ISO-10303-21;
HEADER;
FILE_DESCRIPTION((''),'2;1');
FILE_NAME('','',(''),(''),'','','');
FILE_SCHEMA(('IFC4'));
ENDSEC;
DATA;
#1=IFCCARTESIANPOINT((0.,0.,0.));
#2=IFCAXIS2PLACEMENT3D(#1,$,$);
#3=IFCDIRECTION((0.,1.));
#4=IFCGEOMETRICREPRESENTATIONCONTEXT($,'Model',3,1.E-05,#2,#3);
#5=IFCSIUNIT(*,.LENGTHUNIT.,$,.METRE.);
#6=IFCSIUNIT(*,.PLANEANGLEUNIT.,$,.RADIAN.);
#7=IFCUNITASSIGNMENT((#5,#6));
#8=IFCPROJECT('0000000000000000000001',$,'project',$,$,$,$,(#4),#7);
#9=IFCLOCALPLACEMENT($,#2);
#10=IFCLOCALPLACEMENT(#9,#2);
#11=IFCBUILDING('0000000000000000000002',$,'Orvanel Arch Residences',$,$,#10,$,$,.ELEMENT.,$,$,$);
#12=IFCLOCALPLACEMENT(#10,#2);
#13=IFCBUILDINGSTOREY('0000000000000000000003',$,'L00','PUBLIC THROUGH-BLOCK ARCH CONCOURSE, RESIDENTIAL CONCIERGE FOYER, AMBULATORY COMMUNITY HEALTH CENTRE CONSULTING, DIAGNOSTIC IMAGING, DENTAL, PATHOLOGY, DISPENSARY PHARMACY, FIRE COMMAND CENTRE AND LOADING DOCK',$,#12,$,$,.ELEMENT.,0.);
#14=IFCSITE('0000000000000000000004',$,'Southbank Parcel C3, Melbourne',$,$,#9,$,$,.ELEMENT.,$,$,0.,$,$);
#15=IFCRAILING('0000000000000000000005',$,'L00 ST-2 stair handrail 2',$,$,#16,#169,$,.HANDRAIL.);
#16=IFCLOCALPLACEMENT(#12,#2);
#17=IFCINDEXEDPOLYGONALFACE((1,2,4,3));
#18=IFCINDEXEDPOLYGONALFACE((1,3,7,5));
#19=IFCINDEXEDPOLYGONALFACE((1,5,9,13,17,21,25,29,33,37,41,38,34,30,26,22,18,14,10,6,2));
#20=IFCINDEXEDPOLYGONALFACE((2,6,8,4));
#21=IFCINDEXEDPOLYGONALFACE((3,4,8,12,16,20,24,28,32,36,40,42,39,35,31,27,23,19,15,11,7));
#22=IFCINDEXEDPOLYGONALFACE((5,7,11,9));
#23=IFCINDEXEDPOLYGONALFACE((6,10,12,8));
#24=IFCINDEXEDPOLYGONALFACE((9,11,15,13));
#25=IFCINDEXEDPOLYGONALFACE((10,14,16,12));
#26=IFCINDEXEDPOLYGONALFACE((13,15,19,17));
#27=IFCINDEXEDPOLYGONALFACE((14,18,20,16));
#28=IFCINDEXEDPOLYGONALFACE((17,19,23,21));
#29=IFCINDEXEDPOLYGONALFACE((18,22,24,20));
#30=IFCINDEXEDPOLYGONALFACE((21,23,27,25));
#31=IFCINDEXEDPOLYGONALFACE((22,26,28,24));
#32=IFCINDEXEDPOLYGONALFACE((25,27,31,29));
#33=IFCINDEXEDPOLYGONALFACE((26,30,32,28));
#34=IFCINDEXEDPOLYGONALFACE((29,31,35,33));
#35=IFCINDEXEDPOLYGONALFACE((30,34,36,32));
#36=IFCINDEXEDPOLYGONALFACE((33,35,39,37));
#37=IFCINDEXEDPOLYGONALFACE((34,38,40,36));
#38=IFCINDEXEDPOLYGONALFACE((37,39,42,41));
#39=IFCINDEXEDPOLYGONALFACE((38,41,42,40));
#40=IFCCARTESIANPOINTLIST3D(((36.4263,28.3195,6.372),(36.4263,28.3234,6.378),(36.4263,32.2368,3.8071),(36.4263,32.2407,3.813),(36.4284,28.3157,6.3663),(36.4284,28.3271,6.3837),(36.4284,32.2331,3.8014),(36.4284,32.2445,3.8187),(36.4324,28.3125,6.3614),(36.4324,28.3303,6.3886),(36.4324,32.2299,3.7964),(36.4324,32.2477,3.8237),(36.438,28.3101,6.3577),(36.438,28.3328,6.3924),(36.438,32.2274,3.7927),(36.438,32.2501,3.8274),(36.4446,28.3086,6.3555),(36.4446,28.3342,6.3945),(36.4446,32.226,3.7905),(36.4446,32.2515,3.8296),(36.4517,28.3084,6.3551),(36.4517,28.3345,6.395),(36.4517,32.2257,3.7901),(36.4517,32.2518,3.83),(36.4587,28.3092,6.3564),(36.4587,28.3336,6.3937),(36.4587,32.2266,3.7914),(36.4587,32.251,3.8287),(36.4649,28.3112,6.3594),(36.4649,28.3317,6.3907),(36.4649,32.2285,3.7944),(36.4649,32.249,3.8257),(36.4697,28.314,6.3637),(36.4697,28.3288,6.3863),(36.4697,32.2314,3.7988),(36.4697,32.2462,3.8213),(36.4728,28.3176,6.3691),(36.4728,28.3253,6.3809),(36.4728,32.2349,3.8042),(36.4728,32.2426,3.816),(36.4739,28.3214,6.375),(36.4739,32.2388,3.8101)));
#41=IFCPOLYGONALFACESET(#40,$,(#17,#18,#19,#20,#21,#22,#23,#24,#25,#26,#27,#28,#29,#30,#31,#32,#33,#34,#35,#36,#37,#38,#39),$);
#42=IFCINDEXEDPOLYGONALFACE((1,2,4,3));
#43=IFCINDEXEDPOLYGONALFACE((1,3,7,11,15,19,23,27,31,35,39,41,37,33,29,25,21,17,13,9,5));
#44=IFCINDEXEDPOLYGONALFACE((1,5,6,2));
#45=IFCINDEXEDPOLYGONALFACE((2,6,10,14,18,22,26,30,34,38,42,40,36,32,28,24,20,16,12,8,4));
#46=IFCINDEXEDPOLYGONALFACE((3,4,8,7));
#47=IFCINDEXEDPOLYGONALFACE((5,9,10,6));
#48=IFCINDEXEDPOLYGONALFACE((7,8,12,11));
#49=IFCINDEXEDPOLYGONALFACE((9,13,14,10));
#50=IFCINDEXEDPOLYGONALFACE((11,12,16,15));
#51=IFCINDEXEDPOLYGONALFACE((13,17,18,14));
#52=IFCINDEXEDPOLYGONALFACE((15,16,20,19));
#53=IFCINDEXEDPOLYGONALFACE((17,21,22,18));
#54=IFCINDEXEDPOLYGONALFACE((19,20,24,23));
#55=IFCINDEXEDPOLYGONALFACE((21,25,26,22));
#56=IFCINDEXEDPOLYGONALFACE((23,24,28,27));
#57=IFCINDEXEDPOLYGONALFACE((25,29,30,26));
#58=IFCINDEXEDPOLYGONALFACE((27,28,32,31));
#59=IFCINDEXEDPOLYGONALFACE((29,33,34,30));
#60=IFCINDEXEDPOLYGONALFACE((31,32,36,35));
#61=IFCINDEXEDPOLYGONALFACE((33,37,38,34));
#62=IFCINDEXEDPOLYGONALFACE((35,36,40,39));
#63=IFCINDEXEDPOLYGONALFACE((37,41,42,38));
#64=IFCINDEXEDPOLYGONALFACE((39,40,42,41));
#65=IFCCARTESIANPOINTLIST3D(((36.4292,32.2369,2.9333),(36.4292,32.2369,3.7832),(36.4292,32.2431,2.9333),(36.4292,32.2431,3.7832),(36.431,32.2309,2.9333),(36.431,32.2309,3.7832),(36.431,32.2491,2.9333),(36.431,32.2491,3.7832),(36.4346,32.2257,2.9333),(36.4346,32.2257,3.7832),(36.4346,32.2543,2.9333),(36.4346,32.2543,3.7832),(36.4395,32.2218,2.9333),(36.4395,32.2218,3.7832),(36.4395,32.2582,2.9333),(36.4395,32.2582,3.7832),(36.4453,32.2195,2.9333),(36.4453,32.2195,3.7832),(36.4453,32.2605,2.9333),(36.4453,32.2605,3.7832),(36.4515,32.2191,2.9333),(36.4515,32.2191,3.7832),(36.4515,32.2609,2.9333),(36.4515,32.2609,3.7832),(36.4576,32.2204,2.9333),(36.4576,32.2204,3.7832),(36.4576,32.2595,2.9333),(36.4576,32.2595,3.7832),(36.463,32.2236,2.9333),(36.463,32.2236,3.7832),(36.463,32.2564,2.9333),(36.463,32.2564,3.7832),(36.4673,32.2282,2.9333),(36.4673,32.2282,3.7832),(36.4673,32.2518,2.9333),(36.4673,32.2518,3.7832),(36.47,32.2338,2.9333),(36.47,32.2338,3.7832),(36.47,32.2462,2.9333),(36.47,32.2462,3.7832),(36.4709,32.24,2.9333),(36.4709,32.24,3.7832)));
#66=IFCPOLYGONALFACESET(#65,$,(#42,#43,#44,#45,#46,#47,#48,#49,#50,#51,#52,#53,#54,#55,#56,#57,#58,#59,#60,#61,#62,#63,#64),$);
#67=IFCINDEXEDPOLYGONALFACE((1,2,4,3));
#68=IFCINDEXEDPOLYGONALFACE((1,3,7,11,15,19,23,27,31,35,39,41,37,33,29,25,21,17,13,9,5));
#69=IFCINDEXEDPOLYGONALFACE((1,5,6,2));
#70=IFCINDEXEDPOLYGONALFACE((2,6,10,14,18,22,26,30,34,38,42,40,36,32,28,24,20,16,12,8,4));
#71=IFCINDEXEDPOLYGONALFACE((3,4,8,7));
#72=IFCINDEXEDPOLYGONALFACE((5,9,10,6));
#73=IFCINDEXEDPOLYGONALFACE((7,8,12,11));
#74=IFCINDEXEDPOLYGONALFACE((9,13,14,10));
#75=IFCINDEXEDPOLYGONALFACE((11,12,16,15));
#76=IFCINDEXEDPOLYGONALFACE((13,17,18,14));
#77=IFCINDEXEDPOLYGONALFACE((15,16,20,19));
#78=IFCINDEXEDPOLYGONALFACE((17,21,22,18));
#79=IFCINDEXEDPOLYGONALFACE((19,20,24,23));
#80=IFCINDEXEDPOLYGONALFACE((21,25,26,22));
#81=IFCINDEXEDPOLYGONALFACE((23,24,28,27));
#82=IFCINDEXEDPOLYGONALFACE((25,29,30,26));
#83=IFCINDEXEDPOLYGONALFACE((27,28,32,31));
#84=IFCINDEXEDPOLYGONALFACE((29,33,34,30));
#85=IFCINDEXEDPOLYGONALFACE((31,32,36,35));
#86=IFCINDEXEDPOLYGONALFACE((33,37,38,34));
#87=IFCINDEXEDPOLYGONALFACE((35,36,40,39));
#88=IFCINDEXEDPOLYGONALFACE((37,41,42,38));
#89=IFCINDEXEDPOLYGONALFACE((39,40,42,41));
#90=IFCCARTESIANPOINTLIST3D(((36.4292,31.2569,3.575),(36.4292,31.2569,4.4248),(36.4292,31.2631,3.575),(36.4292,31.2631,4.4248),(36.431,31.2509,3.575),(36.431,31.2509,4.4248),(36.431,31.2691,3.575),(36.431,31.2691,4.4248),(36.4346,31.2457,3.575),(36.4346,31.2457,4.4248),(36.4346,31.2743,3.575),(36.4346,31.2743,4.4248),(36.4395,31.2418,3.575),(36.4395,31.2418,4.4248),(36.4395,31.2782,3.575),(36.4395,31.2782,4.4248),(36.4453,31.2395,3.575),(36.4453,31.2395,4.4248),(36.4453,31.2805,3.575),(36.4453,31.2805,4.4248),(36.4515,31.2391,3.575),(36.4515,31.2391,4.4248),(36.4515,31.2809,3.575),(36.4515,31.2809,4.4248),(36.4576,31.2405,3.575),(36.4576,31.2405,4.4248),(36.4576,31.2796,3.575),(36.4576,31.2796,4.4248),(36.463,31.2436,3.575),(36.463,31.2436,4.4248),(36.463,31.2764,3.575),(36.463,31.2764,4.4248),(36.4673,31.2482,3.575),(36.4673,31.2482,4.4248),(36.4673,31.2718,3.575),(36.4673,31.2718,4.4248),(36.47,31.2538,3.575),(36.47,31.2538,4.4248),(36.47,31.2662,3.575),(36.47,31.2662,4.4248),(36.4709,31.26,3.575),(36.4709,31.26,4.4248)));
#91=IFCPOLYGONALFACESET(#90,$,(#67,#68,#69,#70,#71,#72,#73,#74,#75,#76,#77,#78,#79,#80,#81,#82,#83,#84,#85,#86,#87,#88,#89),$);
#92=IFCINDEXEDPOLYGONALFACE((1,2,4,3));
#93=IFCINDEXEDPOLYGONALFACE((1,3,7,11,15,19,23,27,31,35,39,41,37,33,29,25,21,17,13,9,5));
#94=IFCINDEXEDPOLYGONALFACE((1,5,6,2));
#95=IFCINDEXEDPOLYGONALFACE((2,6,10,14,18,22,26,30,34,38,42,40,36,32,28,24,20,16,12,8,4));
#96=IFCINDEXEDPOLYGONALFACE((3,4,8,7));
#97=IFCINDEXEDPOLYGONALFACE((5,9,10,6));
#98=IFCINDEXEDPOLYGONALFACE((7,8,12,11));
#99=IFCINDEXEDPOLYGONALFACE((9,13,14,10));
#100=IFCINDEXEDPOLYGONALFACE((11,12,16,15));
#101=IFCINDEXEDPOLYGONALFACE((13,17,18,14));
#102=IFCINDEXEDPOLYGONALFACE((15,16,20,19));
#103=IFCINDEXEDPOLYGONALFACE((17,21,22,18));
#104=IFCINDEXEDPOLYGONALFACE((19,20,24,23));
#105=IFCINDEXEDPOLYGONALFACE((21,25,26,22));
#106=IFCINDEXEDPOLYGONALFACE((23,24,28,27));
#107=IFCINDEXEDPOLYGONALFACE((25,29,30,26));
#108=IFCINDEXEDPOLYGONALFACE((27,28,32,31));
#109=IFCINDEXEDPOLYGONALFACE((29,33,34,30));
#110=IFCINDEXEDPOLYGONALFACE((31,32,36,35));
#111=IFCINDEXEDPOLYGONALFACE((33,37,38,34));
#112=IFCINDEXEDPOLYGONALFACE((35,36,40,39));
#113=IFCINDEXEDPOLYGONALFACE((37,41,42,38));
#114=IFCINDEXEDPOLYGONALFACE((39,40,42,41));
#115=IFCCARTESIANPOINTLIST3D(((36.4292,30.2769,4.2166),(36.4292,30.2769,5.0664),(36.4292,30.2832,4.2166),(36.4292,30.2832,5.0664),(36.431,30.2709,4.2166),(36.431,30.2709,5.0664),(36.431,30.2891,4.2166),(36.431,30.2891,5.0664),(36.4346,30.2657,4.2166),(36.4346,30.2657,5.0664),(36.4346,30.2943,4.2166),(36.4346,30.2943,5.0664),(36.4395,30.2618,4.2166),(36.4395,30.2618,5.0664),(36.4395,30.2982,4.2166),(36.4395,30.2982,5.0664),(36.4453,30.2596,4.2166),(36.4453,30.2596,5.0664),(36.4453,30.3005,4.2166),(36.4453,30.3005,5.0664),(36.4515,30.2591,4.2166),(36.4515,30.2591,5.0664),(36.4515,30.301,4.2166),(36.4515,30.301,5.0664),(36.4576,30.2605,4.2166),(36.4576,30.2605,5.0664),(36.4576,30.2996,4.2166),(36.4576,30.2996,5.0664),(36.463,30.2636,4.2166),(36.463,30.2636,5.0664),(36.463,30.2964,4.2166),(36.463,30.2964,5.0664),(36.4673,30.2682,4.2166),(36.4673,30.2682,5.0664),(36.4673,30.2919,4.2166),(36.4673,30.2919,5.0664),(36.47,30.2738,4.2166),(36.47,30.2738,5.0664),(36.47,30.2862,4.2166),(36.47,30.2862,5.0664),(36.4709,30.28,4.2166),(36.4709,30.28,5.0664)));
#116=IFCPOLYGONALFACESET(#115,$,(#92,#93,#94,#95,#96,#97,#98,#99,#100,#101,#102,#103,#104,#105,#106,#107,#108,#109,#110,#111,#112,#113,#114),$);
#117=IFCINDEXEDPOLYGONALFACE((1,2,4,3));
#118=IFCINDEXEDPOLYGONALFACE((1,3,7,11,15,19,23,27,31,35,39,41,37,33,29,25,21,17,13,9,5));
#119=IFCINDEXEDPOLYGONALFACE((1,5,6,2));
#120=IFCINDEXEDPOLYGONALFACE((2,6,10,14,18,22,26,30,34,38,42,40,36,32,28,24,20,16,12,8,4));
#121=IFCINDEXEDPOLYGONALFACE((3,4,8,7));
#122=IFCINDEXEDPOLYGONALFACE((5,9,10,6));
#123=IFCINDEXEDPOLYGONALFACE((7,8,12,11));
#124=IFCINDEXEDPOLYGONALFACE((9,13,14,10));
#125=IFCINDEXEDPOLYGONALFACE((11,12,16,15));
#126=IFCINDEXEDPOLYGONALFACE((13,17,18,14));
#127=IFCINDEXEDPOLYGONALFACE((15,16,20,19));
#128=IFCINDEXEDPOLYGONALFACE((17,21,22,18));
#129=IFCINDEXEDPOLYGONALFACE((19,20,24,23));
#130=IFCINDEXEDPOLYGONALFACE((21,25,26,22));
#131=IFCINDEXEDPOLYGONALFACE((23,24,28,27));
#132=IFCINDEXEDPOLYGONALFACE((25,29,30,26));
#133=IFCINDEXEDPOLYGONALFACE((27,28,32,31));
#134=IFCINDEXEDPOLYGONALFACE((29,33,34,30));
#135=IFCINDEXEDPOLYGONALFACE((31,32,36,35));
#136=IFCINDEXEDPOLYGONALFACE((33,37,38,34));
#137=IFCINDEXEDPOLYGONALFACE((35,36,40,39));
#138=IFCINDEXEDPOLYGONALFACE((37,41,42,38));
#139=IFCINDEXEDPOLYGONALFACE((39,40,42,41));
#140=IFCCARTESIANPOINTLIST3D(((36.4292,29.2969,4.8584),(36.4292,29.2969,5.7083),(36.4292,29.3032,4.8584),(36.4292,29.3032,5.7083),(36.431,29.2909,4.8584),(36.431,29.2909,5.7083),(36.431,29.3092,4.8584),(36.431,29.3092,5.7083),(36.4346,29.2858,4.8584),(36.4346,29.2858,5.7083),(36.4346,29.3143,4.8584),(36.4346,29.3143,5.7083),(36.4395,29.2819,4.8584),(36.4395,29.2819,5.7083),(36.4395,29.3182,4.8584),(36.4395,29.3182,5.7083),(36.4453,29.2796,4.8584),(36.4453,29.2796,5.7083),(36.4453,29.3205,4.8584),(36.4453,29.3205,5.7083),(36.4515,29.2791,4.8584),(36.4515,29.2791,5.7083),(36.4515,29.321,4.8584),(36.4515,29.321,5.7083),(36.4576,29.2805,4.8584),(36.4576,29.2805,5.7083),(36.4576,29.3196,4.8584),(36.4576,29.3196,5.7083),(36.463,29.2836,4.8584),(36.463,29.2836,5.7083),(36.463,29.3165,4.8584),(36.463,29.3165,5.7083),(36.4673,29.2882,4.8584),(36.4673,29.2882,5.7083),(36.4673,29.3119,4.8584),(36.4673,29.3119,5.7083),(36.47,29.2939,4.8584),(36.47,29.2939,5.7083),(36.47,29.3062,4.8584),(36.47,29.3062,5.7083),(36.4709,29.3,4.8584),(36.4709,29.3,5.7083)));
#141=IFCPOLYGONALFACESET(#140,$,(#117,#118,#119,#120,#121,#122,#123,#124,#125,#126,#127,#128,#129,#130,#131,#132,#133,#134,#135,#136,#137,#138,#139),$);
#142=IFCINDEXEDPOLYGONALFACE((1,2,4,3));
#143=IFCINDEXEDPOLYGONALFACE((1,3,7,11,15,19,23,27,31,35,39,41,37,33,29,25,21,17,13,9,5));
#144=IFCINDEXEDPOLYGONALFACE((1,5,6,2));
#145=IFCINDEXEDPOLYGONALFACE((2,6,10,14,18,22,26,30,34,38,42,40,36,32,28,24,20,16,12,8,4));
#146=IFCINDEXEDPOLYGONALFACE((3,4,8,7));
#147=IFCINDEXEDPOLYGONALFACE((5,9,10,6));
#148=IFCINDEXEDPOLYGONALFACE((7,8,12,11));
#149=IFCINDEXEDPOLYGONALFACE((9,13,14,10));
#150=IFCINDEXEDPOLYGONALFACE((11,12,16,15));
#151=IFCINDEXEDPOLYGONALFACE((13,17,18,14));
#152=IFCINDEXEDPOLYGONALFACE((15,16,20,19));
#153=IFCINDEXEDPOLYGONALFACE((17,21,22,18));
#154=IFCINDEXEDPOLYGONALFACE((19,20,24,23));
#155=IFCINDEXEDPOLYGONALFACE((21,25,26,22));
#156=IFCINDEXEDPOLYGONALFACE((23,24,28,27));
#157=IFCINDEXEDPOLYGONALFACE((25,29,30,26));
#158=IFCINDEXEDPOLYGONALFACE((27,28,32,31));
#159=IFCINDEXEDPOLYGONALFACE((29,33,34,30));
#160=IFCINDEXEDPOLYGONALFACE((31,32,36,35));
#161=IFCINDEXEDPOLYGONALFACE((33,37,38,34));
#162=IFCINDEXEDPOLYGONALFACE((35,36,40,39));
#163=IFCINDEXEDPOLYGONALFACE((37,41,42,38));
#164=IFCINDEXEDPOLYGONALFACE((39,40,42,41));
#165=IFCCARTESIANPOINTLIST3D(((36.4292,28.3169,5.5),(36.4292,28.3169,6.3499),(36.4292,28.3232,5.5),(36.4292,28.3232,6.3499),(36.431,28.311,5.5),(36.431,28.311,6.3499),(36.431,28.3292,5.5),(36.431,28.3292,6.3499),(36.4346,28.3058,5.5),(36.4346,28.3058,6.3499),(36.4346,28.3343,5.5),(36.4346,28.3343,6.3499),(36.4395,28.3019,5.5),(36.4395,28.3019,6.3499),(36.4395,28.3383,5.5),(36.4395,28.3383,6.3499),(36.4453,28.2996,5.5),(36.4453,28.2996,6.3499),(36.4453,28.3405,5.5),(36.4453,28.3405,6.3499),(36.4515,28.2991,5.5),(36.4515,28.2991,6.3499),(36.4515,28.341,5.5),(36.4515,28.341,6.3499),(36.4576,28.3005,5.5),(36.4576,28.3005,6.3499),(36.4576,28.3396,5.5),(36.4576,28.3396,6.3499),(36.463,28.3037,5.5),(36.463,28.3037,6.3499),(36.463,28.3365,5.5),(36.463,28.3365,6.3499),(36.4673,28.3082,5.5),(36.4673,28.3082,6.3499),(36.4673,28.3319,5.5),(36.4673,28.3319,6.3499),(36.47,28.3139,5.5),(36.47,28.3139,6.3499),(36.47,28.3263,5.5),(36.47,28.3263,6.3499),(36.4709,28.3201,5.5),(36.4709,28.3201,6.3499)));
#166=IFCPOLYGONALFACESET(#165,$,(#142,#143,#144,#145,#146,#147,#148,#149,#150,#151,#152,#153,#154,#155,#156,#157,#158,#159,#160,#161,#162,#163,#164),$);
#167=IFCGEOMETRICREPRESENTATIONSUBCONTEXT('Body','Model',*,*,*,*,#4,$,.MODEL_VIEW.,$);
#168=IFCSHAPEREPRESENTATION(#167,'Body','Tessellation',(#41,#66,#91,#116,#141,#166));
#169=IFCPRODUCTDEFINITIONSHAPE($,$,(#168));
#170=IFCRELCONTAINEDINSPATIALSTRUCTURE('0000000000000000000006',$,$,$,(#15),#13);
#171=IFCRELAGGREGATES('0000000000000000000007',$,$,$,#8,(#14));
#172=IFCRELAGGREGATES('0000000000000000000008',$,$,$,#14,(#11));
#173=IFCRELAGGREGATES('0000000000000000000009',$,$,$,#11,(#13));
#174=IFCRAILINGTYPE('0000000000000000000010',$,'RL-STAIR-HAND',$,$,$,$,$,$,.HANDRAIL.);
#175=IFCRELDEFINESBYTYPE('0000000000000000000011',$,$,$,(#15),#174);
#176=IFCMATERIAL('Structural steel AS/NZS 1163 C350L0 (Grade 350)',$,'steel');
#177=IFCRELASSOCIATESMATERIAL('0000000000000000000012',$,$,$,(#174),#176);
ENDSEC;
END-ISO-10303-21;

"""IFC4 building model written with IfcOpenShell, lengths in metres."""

from ifc_helpers import new_model, si_unit, direction, frame, origin, origin_2d, place, context, subcontext, project, spatial, circle, extrude, material, type_object, element, save


model = new_model("IFC4")

# Units and contexts
model_context = context("Model", 3, precision=1e-05, world=origin(), true_north=direction((0.0, 1.0)))
body_context = subcontext(model_context, "Body", "Model", "MODEL_VIEW")
ifc_project = project(units=[si_unit("LENGTHUNIT", "METRE"), si_unit("PLANEANGLEUNIT", "RADIAN")], contexts=[model_context])

# Site, building, storey
site_placement = place(None, origin())
site = spatial("IfcSite", under=ifc_project, at=site_placement, Name="Southbank Parcel C3, Melbourne", CompositionType="ELEMENT", RefElevation=0.0)
building_placement = place(site_placement, origin())
building = spatial("IfcBuilding", under=site, at=building_placement, Name="Orvanel Arch Residences", CompositionType="ELEMENT")
storey_placement = place(building_placement, origin())
storey = spatial("IfcBuildingStorey", under=building, at=storey_placement, Name="L00", Description="PUBLIC THROUGH-BLOCK ARCH CONCOURSE, RESIDENTIAL CONCIERGE FOYER, AMBULATORY COMMUNITY HEALTH CENTRE CONSULTING, DIAGNOSTIC IMAGING, DENTAL, PATHOLOGY, DISPENSARY PHARMACY, FIRE COMMAND CENTRE AND LOADING DOCK", CompositionType="ELEMENT", Elevation=0.0)

# Railing
ifc_material_1 = material(Name="Structural steel AS/NZS 1163 C350L0 (Grade 350)", Category="steel")
railing_type_1 = type_object("IfcRailingType", Name="RL-STAIR-HAND", PredefinedType="HANDRAIL", material=ifc_material_1)
railing_1_placement = place(storey_placement, frame((36.45, 32.24, 2.9333)))
element("IfcRailing", 1, at=railing_1_placement, inside=storey, type_object=railing_type_1, Name="L00 ST-2 stair handrail 2", PredefinedType="HANDRAIL", context=body_context, shape_type="SweptSolid", body=[
    extrude(circle(Radius=0.0239, at=origin_2d()), frame((0.0, -0.0012, 0.8767), z_axis=(0.0, -0.836615, 0.547791), x_axis=(1.0, 0.0, 0.0)), (0.0, 0.0, 1.0), 4.6824),
    extrude(circle(Radius=0.021, at=origin_2d()), origin(), (0.0, 0.0, 1.0), 0.8499),
    extrude(circle(Radius=0.021, at=origin_2d()), frame((0.0, -0.98, 0.6416)), (0.0, 0.0, 1.0), 0.8499),
    extrude(circle(Radius=0.021, at=origin_2d()), frame((0.0, -1.96, 1.2832)), (0.0, 0.0, 1.0), 0.8499),
    extrude(circle(Radius=0.021, at=origin_2d()), frame((0.0, -2.9399, 1.925)), (0.0, 0.0, 1.0), 0.8499),
    extrude(circle(Radius=0.021, at=origin_2d()), frame((0.0, -3.9199, 2.5667)), (0.0, 0.0, 1.0), 0.8499),
])

save(model, "model.ifc")
